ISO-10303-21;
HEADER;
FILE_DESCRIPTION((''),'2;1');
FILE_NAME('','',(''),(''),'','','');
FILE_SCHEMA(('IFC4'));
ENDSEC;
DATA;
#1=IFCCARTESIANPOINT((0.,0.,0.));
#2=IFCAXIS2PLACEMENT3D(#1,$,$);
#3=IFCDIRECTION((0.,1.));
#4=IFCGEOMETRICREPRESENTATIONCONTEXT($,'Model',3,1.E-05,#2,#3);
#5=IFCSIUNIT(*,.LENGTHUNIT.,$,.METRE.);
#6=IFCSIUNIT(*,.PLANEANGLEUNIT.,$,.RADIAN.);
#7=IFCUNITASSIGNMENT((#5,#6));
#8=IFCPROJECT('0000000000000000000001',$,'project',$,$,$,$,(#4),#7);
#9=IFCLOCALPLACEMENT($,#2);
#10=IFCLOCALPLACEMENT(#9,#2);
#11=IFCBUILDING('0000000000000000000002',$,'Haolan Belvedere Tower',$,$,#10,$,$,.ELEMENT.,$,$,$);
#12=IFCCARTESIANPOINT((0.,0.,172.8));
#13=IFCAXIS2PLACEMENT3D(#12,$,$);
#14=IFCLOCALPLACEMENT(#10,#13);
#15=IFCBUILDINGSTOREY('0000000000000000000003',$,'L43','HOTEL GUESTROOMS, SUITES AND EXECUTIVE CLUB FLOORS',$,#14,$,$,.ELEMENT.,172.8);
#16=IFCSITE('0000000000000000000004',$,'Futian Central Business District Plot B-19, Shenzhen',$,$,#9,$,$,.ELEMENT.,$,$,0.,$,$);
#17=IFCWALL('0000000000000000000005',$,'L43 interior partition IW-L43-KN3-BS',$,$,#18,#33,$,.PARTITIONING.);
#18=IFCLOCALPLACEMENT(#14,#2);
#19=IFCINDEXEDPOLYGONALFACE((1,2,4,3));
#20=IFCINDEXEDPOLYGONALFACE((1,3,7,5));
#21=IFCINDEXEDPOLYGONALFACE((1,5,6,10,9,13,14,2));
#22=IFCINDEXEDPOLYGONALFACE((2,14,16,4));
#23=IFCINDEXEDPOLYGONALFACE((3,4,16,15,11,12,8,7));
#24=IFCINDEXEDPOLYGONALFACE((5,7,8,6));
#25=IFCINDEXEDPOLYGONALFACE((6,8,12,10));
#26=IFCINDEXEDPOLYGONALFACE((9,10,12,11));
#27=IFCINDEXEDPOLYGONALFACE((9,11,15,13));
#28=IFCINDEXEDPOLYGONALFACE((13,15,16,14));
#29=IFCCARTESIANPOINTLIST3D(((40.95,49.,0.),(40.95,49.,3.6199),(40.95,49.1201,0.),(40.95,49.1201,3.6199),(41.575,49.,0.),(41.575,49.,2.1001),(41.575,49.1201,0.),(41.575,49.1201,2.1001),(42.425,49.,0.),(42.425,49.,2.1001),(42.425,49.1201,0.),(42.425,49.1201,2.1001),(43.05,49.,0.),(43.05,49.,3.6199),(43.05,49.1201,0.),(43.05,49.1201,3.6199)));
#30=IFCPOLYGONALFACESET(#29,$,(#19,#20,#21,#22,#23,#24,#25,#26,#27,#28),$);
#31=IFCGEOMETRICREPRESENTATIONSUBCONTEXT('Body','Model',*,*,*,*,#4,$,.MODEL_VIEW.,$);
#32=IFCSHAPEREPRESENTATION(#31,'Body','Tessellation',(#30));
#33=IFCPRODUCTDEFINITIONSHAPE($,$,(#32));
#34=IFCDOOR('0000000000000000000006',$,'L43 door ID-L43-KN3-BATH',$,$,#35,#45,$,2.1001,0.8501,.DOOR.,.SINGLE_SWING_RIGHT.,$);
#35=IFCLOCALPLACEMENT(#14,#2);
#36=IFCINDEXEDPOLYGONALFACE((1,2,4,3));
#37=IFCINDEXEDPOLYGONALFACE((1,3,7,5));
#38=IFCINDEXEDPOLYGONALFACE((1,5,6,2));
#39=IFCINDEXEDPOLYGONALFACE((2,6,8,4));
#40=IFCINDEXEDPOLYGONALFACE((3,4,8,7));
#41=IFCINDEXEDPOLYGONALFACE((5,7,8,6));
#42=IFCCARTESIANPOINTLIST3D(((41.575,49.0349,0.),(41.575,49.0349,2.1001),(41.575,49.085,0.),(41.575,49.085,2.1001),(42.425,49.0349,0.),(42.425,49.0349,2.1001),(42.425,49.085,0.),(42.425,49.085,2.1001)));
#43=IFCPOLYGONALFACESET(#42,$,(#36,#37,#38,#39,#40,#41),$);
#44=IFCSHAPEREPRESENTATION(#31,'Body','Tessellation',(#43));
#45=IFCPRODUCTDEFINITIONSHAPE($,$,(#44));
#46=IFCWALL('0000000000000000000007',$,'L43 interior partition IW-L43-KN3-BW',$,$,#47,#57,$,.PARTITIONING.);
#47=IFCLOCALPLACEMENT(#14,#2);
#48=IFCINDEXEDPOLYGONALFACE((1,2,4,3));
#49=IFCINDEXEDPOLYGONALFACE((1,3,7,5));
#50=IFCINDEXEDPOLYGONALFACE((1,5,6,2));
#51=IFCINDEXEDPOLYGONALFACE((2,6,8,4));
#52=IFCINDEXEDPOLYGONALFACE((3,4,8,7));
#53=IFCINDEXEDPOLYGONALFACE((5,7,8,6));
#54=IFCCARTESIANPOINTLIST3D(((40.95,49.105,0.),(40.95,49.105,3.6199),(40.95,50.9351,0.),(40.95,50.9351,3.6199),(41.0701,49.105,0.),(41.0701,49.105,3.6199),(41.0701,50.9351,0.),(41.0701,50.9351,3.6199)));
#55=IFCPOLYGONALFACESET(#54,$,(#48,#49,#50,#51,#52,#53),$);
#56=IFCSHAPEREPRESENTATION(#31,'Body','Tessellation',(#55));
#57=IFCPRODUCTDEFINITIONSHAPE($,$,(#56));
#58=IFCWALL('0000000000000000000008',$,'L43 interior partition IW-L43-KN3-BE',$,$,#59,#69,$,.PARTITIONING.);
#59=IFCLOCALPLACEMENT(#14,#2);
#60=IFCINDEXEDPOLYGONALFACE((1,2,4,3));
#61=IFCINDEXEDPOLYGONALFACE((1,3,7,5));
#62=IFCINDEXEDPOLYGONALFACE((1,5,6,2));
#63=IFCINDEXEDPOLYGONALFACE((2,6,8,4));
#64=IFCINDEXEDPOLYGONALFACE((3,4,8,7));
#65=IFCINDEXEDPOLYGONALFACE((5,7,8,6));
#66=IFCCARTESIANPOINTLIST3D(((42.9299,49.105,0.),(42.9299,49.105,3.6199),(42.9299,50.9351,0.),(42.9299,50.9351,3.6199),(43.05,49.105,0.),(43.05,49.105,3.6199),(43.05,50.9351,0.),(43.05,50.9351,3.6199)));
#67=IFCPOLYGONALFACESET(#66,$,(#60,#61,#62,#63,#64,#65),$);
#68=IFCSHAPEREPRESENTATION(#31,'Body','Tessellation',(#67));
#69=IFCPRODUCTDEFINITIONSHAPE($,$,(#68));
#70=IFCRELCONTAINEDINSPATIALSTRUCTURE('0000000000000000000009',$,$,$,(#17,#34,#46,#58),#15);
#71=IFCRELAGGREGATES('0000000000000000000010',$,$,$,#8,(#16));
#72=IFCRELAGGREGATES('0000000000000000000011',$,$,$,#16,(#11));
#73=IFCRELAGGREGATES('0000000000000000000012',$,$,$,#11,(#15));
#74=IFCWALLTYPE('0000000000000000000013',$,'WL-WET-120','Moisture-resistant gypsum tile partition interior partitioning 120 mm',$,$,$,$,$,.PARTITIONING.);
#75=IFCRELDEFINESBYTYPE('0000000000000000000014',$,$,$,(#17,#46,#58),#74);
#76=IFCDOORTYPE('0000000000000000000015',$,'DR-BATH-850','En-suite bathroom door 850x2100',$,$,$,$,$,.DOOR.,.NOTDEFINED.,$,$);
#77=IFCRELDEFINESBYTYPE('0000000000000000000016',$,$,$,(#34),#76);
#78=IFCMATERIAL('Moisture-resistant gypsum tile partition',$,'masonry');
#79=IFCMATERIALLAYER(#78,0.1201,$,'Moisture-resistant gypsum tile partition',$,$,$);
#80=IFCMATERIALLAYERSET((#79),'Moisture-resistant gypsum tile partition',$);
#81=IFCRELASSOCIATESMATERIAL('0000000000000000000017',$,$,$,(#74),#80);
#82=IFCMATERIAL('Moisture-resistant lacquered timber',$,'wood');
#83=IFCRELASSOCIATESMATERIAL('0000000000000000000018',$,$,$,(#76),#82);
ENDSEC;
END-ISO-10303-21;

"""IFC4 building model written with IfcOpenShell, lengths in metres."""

from ifc_helpers import new_model, si_unit, direction, frame, frame_2d, origin, place, context, subcontext, project, spatial, rectangle, extrude, material, layer, layer_set, type_object, element, fill, save


model = new_model("IFC4")

# Units and contexts
model_context = context("Model", 3, precision=1e-05, world=origin(), true_north=direction((0.0, 1.0)))
body_context = subcontext(model_context, "Body", "Model", "MODEL_VIEW")
ifc_project = project(units=[si_unit("LENGTHUNIT", "METRE"), si_unit("PLANEANGLEUNIT", "RADIAN")], contexts=[model_context])

# Site, building, storey
site_placement = place(None, origin())
site = spatial("IfcSite", under=ifc_project, at=site_placement, Name="Futian Central Business District Plot B-19, Shenzhen", CompositionType="ELEMENT", RefElevation=0.0)
building_placement = place(site_placement, origin())
building = spatial("IfcBuilding", under=site, at=building_placement, Name="Haolan Belvedere Tower", CompositionType="ELEMENT")
storey_placement = place(building_placement, frame((0.0, 0.0, 172.8)))
storey = spatial("IfcBuildingStorey", under=building, at=storey_placement, Name="L43", Description="HOTEL GUESTROOMS, SUITES AND EXECUTIVE CLUB FLOORS", CompositionType="ELEMENT", Elevation=172.8)

# Shared definitions
ifc_material_1 = material(Name="Moisture-resistant gypsum tile partition", Category="masonry")
ifc_layer_1 = layer(ifc_material_1, 0.1201, Name="Moisture-resistant gypsum tile partition")
ifc_layer_set_1 = layer_set([ifc_layer_1], Name="Moisture-resistant gypsum tile partition")
wall_type_1 = type_object("IfcWallType", Name="WL-WET-120", Description="Moisture-resistant gypsum tile partition interior partitioning 120 mm", PredefinedType="PARTITIONING", material=ifc_layer_set_1)

# Wall, opening, door
wall_1_placement = place(storey_placement, frame((40.95, 49.0601, 0.0), z_axis=(0.0, 0.0, 1.0), x_axis=(1.0, 0.0, 0.0)))
wall_1 = element("IfcWall", 1, at=wall_1_placement, inside=storey, type_object=wall_type_1, Name="L43 interior partition IW-L43-KN3-BS", PredefinedType="PARTITIONING", context=body_context, shape_type="SweptSolid", body=[
    extrude(rectangle(XDim=2.1001, YDim=0.1201, at=frame_2d((1.05, 0.0))), origin(), (0.0, 0.0, 1.0), 3.6199),
])
opening_1_placement = place(wall_1_placement, frame((0.625, 0.0, 0.0)))
opening_1 = element("IfcOpeningElement", 2, at=opening_1_placement, cuts=wall_1, PredefinedType="OPENING", context=body_context, shape_type="SweptSolid", body=[
    extrude(rectangle(XDim=0.8501, YDim=2.1001, at=frame_2d((0.425, 1.05))), frame((0.0, 0.0701, 0.0), z_axis=(0.0, -1.0, 0.0), x_axis=(1.0, 0.0, 0.0)), (0.0, 0.0, 1.0), 0.1401),
])
ifc_material_2 = material(Name="Moisture-resistant lacquered timber", Category="wood")
door_type = type_object("IfcDoorType", Name="DR-BATH-850", Description="En-suite bathroom door 850x2100", OperationType="NOTDEFINED", PredefinedType="DOOR", material=ifc_material_2)
door_placement = place(opening_1_placement, origin())
door = element("IfcDoor", 3, at=door_placement, inside=storey, type_object=door_type, Name="L43 door ID-L43-KN3-BATH", OperationType="SINGLE_SWING_RIGHT", OverallHeight=2.1001, OverallWidth=0.8501, PredefinedType="DOOR", context=body_context, shape_type="SweptSolid", body=[
    extrude(rectangle(XDim=0.8501, YDim=2.1001, at=frame_2d((0.425, 1.05))), frame((0.0, 0.0249, 0.0), z_axis=(0.0, -1.0, 0.0), x_axis=(1.0, 0.0, 0.0)), (0.0, 0.0, 1.0), 0.05),
])
fill(opening_1, door)

# Walls
for number, where, z_axis, x_axis, name in (
    (4, (41.01, 49.105, 0.0), (0.0, 0.0, 1.0), (0.0, 1.0, 0.0), "L43 interior partition IW-L43-KN3-BW"),
    (5, (42.99, 49.105, 0.0), (0.0, 0.0, 1.0), (0.0, 1.0, 0.0), "L43 interior partition IW-L43-KN3-BE"),
):
    element("IfcWall", number, at=place(storey_placement, frame(where, z_axis=z_axis, x_axis=x_axis)), inside=storey, type_object=wall_type_1, Name=name, PredefinedType="PARTITIONING", context=body_context, shape_type="SweptSolid", body=[
        extrude(rectangle(XDim=1.8301, YDim=0.1201, at=frame_2d((0.915, 0.0))), origin(), (0.0, 0.0, 1.0), 3.6199),
    ])

save(model, "model.ifc")
